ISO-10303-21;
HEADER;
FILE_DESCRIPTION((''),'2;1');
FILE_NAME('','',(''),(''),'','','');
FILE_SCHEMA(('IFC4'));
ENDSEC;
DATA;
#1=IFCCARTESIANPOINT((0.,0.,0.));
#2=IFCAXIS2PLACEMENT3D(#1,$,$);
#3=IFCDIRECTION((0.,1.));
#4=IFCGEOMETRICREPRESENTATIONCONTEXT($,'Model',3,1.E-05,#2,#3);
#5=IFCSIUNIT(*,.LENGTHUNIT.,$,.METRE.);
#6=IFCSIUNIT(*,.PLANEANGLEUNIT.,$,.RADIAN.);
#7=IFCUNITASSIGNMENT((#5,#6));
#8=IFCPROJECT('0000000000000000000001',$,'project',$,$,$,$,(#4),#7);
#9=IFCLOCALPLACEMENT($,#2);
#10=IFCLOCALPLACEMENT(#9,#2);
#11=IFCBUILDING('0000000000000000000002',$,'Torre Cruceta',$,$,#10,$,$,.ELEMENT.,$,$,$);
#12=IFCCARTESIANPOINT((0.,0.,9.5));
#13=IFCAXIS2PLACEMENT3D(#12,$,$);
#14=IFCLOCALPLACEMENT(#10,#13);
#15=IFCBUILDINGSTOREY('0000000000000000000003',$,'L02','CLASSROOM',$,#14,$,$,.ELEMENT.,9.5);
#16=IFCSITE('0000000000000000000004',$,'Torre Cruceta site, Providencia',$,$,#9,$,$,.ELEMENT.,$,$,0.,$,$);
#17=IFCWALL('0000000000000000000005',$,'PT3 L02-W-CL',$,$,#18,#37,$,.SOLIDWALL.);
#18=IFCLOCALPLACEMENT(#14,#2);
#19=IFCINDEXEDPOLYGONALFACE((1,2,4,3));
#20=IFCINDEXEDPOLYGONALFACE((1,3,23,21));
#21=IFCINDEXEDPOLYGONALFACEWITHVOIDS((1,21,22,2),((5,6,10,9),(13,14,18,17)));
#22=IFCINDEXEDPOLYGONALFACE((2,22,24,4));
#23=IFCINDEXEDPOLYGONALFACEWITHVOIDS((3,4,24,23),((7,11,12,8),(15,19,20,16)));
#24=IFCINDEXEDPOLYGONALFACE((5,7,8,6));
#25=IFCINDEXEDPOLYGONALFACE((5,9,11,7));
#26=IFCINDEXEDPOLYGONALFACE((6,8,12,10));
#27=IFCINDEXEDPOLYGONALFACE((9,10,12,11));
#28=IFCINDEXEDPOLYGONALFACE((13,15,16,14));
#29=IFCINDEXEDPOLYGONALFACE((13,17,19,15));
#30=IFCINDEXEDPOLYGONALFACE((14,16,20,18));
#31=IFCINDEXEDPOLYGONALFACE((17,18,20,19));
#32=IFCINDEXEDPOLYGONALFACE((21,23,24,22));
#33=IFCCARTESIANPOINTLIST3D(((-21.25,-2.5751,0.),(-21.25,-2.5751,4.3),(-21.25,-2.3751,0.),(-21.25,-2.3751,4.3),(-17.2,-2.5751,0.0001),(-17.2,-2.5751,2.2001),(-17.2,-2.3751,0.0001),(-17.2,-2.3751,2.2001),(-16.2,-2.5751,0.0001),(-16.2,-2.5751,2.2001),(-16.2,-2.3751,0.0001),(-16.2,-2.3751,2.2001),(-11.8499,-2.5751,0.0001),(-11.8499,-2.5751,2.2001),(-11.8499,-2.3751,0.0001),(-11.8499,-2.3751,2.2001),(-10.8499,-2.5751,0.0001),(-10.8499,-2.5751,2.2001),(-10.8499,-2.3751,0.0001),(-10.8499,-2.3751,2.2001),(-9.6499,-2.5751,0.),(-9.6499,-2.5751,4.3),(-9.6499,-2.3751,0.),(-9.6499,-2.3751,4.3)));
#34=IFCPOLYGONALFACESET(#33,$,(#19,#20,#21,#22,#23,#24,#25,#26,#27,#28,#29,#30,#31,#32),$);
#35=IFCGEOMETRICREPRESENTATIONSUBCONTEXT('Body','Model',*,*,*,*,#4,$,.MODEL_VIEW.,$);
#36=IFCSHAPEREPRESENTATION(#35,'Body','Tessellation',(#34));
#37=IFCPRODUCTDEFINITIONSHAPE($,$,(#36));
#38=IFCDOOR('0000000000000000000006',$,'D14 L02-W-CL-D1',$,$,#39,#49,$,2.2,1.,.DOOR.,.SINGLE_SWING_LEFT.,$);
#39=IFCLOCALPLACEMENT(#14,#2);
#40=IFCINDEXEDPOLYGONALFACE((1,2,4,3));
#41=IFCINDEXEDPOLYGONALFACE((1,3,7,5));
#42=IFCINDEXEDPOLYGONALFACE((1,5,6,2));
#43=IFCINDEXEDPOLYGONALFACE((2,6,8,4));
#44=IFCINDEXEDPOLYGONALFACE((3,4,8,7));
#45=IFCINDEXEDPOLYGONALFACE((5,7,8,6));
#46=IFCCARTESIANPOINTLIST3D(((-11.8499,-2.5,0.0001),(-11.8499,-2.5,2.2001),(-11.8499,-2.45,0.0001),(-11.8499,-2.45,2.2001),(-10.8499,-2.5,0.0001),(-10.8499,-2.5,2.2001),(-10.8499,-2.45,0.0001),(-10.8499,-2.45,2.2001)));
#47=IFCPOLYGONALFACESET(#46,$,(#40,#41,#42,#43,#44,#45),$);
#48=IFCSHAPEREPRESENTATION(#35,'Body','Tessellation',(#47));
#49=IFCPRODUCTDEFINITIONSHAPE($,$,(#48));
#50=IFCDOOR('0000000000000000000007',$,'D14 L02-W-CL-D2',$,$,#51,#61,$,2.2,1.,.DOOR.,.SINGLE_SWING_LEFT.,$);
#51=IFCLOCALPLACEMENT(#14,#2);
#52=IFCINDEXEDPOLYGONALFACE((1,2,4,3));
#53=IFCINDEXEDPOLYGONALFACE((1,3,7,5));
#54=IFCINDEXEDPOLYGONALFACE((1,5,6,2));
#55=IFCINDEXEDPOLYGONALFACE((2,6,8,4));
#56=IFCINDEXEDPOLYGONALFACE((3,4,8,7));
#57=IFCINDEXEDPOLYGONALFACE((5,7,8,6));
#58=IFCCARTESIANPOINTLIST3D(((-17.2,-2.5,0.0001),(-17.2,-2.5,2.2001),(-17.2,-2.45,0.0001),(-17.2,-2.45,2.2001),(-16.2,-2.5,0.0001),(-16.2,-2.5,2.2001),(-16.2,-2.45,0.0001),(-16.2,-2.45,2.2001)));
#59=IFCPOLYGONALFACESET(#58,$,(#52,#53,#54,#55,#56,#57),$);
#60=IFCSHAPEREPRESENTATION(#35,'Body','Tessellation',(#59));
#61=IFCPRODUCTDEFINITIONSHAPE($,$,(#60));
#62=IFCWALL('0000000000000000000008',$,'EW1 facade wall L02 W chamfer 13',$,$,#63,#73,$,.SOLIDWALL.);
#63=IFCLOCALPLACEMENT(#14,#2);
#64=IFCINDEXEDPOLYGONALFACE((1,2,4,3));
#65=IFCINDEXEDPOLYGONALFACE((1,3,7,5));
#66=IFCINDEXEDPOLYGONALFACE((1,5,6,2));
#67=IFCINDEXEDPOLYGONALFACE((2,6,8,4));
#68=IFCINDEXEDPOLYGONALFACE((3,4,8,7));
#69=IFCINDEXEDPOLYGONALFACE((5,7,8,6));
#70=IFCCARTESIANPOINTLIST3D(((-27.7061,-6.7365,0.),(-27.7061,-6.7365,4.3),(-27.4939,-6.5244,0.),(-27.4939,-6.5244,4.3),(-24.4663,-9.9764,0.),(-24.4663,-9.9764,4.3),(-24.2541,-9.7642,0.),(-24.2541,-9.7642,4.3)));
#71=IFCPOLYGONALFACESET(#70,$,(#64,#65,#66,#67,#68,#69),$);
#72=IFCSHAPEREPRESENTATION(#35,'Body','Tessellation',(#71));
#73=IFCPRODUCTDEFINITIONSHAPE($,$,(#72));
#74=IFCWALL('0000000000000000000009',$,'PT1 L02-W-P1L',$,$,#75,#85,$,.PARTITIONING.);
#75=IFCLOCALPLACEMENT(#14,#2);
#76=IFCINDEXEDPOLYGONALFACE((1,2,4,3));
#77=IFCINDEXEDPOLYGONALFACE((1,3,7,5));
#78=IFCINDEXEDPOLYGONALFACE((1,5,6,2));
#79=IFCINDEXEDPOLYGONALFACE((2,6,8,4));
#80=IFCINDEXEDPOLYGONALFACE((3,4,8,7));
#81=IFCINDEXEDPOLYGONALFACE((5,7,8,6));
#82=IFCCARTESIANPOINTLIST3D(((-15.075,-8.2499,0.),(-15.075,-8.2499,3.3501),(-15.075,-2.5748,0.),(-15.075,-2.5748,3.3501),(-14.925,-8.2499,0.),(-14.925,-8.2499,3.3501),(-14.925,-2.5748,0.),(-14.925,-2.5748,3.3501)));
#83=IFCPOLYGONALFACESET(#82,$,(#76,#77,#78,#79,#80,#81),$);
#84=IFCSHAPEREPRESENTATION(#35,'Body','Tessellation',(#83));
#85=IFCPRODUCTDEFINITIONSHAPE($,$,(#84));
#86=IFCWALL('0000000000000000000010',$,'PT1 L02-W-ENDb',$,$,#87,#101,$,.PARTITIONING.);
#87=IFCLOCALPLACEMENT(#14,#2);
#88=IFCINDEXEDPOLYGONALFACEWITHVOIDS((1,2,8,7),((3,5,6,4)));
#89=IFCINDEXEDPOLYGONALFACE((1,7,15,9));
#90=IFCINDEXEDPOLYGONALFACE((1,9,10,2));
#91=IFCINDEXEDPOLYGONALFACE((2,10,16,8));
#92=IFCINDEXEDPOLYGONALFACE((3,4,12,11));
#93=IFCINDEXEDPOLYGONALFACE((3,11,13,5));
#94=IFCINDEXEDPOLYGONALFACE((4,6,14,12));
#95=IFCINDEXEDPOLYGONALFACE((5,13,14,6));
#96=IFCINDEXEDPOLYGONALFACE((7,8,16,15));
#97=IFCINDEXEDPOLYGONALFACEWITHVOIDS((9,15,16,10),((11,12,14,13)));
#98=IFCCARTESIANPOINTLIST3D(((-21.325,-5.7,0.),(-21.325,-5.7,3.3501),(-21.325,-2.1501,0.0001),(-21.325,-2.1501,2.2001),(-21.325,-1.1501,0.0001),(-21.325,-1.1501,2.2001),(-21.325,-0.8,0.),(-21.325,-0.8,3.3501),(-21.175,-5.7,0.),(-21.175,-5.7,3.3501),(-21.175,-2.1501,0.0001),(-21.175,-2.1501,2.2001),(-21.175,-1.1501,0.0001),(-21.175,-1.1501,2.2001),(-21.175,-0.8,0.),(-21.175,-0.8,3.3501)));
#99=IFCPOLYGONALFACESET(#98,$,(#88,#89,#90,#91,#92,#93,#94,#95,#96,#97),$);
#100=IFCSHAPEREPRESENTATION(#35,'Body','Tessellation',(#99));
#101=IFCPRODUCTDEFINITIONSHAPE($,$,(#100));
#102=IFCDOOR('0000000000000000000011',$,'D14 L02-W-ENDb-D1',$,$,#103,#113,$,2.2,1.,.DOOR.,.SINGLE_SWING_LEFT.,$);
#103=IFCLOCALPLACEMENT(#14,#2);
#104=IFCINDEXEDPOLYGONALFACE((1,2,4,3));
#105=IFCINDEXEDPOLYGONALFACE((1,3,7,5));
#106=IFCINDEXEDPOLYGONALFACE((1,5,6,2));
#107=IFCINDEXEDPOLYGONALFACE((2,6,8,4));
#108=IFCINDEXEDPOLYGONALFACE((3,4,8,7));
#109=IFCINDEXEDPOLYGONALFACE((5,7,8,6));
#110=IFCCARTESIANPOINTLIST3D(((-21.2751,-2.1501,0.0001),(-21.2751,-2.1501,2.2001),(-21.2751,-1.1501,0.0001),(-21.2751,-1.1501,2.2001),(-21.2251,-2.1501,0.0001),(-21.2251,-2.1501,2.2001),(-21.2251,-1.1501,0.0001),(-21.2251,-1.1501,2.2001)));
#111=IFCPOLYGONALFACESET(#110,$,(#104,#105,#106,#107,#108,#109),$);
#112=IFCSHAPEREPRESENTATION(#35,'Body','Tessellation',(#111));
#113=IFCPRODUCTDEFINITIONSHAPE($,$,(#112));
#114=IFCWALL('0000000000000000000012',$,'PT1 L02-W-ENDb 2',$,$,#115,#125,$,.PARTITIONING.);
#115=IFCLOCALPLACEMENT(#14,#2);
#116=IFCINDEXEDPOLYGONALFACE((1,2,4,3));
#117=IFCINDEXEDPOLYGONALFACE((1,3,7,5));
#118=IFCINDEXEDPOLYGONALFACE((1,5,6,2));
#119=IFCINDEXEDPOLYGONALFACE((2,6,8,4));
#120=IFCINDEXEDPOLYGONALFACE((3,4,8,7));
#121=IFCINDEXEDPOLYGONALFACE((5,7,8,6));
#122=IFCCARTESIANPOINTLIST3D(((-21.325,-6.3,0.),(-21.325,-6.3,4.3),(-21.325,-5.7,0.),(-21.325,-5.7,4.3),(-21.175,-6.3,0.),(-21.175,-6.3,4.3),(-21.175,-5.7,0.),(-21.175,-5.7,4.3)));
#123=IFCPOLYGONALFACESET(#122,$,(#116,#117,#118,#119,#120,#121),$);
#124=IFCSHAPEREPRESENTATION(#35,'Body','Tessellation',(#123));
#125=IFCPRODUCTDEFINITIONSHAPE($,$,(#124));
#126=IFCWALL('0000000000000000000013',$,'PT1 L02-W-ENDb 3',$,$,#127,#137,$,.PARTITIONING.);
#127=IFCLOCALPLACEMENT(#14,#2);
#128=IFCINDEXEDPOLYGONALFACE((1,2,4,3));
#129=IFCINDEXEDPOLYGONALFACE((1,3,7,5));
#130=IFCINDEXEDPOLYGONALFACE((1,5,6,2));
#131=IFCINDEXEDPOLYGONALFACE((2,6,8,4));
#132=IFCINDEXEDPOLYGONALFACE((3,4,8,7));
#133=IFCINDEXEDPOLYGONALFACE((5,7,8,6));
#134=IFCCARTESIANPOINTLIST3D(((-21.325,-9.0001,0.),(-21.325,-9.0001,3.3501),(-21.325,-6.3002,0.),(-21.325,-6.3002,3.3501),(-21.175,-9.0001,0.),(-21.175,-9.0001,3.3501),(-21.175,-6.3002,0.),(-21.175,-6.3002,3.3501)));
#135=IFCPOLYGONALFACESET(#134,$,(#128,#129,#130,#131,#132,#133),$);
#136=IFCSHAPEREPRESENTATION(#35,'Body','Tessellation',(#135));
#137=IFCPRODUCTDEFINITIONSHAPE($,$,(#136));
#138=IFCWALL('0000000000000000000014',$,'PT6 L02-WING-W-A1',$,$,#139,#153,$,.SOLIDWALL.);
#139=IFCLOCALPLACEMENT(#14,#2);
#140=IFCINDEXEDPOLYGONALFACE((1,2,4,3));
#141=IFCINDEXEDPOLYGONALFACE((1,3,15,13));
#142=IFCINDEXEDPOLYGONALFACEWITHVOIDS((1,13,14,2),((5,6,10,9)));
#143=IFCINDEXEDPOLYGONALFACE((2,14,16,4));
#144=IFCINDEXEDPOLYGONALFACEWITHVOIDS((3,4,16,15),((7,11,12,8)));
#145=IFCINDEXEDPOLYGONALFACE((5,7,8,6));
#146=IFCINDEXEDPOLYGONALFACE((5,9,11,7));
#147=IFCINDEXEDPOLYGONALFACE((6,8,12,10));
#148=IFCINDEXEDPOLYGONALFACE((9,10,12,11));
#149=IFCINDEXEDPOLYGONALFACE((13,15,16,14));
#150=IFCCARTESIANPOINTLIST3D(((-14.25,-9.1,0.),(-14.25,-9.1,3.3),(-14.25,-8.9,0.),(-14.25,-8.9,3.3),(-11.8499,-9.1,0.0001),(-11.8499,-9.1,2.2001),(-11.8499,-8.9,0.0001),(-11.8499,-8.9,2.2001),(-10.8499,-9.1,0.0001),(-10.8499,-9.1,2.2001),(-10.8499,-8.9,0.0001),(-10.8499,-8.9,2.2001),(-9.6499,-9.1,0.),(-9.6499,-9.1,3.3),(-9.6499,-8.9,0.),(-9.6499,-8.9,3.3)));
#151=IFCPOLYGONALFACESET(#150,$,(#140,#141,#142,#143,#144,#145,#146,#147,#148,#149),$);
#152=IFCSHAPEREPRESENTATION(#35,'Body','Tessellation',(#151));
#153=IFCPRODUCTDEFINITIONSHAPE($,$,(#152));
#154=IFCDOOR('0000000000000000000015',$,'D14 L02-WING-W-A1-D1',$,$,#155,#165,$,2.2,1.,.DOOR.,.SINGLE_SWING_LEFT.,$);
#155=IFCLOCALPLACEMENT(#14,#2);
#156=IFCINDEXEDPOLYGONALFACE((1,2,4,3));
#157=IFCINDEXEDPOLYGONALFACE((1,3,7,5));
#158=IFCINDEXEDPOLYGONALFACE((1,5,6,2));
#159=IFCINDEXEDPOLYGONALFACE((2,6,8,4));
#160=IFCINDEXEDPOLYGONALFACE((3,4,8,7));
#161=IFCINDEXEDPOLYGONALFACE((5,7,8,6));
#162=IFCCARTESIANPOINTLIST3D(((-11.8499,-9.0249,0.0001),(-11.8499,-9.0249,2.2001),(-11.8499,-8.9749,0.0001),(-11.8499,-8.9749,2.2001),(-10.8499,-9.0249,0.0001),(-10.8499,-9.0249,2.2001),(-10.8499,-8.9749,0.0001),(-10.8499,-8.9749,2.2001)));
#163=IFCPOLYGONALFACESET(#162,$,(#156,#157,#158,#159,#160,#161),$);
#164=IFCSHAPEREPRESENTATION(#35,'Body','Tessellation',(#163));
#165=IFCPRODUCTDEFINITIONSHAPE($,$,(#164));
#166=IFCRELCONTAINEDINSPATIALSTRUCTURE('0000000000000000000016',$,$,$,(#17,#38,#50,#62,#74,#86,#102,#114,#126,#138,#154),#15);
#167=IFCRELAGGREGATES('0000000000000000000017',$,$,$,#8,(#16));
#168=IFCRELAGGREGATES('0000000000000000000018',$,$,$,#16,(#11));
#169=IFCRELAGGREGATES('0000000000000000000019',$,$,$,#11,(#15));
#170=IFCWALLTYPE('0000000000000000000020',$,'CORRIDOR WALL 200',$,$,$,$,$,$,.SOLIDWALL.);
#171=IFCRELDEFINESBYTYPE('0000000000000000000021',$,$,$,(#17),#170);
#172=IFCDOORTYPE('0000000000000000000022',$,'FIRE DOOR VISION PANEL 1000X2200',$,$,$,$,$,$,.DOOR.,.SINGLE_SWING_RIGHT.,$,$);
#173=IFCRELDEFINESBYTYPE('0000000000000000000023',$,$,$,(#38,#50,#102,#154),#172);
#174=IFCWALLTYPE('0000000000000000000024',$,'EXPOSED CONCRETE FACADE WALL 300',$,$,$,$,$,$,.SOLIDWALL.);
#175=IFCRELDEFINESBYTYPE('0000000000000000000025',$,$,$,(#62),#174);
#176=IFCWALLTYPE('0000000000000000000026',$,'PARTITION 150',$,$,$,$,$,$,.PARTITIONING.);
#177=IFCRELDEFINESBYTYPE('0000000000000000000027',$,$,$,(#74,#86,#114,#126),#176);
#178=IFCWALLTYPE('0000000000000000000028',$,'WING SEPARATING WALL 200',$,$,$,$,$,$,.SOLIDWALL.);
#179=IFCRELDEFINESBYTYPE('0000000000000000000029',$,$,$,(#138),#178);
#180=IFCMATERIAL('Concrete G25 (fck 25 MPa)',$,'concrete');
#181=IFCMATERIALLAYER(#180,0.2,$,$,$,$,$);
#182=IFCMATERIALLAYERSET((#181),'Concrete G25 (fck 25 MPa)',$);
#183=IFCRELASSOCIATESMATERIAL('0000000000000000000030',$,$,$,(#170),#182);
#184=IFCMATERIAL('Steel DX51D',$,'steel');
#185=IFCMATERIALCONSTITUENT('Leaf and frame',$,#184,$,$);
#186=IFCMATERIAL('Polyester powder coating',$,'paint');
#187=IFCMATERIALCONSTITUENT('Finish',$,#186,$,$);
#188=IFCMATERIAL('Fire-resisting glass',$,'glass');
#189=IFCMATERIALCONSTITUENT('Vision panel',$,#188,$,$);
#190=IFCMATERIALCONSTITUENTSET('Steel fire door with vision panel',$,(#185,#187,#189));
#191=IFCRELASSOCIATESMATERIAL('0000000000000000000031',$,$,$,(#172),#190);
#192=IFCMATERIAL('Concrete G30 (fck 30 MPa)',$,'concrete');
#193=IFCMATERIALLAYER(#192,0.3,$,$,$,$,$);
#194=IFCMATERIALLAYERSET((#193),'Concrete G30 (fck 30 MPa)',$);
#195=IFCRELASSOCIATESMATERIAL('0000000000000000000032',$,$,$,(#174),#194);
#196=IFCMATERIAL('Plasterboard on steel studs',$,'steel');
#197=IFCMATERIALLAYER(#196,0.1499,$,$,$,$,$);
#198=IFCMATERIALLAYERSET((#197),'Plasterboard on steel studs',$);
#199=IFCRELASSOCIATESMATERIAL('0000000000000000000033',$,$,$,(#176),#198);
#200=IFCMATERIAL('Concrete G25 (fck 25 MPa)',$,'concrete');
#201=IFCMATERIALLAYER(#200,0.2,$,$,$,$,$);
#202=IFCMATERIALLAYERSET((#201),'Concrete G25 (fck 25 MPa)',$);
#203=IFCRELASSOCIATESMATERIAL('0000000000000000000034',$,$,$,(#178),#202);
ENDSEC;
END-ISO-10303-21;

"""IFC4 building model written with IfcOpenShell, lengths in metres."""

from ifc_helpers import new_model, si_unit, direction, frame, frame_2d, origin, place, context, subcontext, project, spatial, rectangle, extrude, material, layer, layer_set, constituent, constituent_set, type_object, element, fill, save


model = new_model("IFC4")

# Units and contexts
model_context = context("Model", 3, precision=1e-05, world=origin(), true_north=direction((0.0, 1.0)))
body_context = subcontext(model_context, "Body", "Model", "MODEL_VIEW")
ifc_project = project(units=[si_unit("LENGTHUNIT", "METRE"), si_unit("PLANEANGLEUNIT", "RADIAN")], contexts=[model_context])

# Site, building, storey
site_placement = place(None, origin())
site = spatial("IfcSite", under=ifc_project, at=site_placement, Name="Torre Cruceta site, Providencia", CompositionType="ELEMENT", RefElevation=0.0)
building_placement = place(site_placement, origin())
building = spatial("IfcBuilding", under=site, at=building_placement, Name="Torre Cruceta", CompositionType="ELEMENT")
storey_placement = place(building_placement, frame((0.0, 0.0, 9.5)))
storey = spatial("IfcBuildingStorey", under=building, at=storey_placement, Name="L02", Description="CLASSROOM", CompositionType="ELEMENT", Elevation=9.5)

# Wall, openings, doors
ifc_material_1 = material(Name="Concrete G25 (fck 25 MPa)", Category="concrete")
ifc_layer_1 = layer(ifc_material_1, 0.2)
ifc_layer_set_1 = layer_set([ifc_layer_1], Name="Concrete G25 (fck 25 MPa)")
wall_type_1 = type_object("IfcWallType", Name="CORRIDOR WALL 200", PredefinedType="SOLIDWALL", material=ifc_layer_set_1)
wall_1_placement = place(storey_placement, frame((-9.6499, -2.4751, 0.0), z_axis=(0.0, 0.0, 1.0), x_axis=(-1.0, 0.0, 0.0)))
wall_1 = element("IfcWall", 1, at=wall_1_placement, inside=storey, type_object=wall_type_1, Name="PT3 L02-W-CL", PredefinedType="SOLIDWALL", context=body_context, shape_type="SweptSolid", body=[
    extrude(rectangle(XDim=11.6001, YDim=0.2, at=frame_2d((5.8, 0.0))), origin(), (0.0, 0.0, 1.0), 4.3),
])
opening_1_placement = place(wall_1_placement, frame((1.2, 0.0, 0.0)))
opening_1 = element("IfcOpeningElement", 2, at=opening_1_placement, cuts=wall_1, PredefinedType="OPENING", context=body_context, shape_type="SweptSolid", body=[
    extrude(rectangle(XDim=1.0, YDim=2.2, at=frame_2d((0.5, 1.1001))), frame((0.0, 0.1099, 0.0), z_axis=(0.0, -1.0, 0.0), x_axis=(1.0, 0.0, 0.0)), (0.0, 0.0, 1.0), 0.22),
])
opening_2_placement = place(wall_1_placement, frame((6.55, 0.0, 0.0)))
opening_2 = element("IfcOpeningElement", 3, at=opening_2_placement, cuts=wall_1, PredefinedType="OPENING", context=body_context, shape_type="SweptSolid", body=[
    extrude(rectangle(XDim=1.0, YDim=2.2, at=frame_2d((0.5, 1.1001))), frame((0.0, 0.1099, 0.0), z_axis=(0.0, -1.0, 0.0), x_axis=(1.0, 0.0, 0.0)), (0.0, 0.0, 1.0), 0.22),
])
ifc_material_2 = material(Name="Steel DX51D", Category="steel")
ifc_constituent_1 = constituent(ifc_material_2, Name="Leaf and frame")
ifc_material_3 = material(Name="Polyester powder coating", Category="paint")
ifc_constituent_2 = constituent(ifc_material_3, Name="Finish")
ifc_material_4 = material(Name="Fire-resisting glass", Category="glass")
ifc_constituent_3 = constituent(ifc_material_4, Name="Vision panel")
ifc_constituent_set = constituent_set(constituents=[ifc_constituent_1, ifc_constituent_2, ifc_constituent_3], Name="Steel fire door with vision panel")
door_type = type_object("IfcDoorType", Name="FIRE DOOR VISION PANEL 1000X2200", OperationType="SINGLE_SWING_RIGHT", PredefinedType="DOOR", material=ifc_constituent_set)
door_1_placement = place(opening_1_placement, origin())
door_1 = element("IfcDoor", 4, at=door_1_placement, inside=storey, type_object=door_type, Name="D14 L02-W-CL-D1", OperationType="SINGLE_SWING_LEFT", OverallHeight=2.2, OverallWidth=1.0, PredefinedType="DOOR", context=body_context, shape_type="SweptSolid", body=[
    extrude(rectangle(XDim=1.0, YDim=2.2, at=frame_2d((0.5, 1.1001))), frame((0.0, 0.0249, 0.0), z_axis=(0.0, -1.0, 0.0), x_axis=(1.0, 0.0, 0.0)), (0.0, 0.0, 1.0), 0.05),
])
fill(opening_1, door_1)
door_2_placement = place(opening_2_placement, origin())
door_2 = element("IfcDoor", 5, at=door_2_placement, inside=storey, type_object=door_type, Name="D14 L02-W-CL-D2", OperationType="SINGLE_SWING_LEFT", OverallHeight=2.2, OverallWidth=1.0, PredefinedType="DOOR", context=body_context, shape_type="SweptSolid", body=[
    extrude(rectangle(XDim=1.0, YDim=2.2, at=frame_2d((0.5, 1.1001))), frame((0.0, 0.0249, 0.0), z_axis=(0.0, -1.0, 0.0), x_axis=(1.0, 0.0, 0.0)), (0.0, 0.0, 1.0), 0.05),
])
fill(opening_2, door_2)

# Walls
ifc_material_5 = material(Name="Concrete G30 (fck 30 MPa)", Category="concrete")
ifc_layer_2 = layer(ifc_material_5, 0.3)
ifc_layer_set_2 = layer_set([ifc_layer_2], Name="Concrete G30 (fck 30 MPa)")
wall_type_2 = type_object("IfcWallType", Name="EXPOSED CONCRETE FACADE WALL 300", PredefinedType="SOLIDWALL", material=ifc_layer_set_2)
wall_2_placement = place(storey_placement, frame((-27.6001, -6.6304, 0.0), z_axis=(0.0, 0.0, 1.0), x_axis=(0.707107, -0.707107, 0.0)))
element("IfcWall", 6, at=wall_2_placement, inside=storey, type_object=wall_type_2, Name="EW1 facade wall L02 W chamfer 13", PredefinedType="SOLIDWALL", context=body_context, shape_type="SweptSolid", body=[
    extrude(rectangle(XDim=4.5818, YDim=0.3, at=frame_2d((2.291, 0.0))), origin(), (0.0, 0.0, 1.0), 4.3),
])
ifc_material_6 = material(Name="Plasterboard on steel studs", Category="steel")
ifc_layer_3 = layer(ifc_material_6, 0.1499)
ifc_layer_set_3 = layer_set([ifc_layer_3], Name="Plasterboard on steel studs")
wall_type_3 = type_object("IfcWallType", Name="PARTITION 150", PredefinedType="PARTITIONING", material=ifc_layer_set_3)
wall_3_placement = place(storey_placement, frame((-15.0, -2.575, 0.0), z_axis=(0.0, 0.0, 1.0), x_axis=(0.0, -1.0, 0.0)))
element("IfcWall", 7, at=wall_3_placement, inside=storey, type_object=wall_type_3, Name="PT1 L02-W-P1L", PredefinedType="PARTITIONING", context=body_context, shape_type="SweptSolid", body=[
    extrude(rectangle(XDim=5.675, YDim=0.1499, at=frame_2d((2.8374, 0.0))), origin(), (0.0, 0.0, 1.0), 3.3501),
])

# Wall, opening, door
wall_4_placement = place(storey_placement, frame((-21.25, -0.8, 0.0), z_axis=(0.0, 0.0, 1.0), x_axis=(0.0, -1.0, 0.0)))
wall_4 = element("IfcWall", 8, at=wall_4_placement, inside=storey, type_object=wall_type_3, Name="PT1 L02-W-ENDb", PredefinedType="PARTITIONING", context=body_context, shape_type="SweptSolid", body=[
    extrude(rectangle(XDim=4.8999, YDim=0.1499, at=frame_2d((2.45, 0.0))), origin(), (0.0, 0.0, 1.0), 3.3501),
])
opening_3_placement = place(wall_4_placement, frame((0.3501, 0.0, 0.0)))
opening_3 = element("IfcOpeningElement", 9, at=opening_3_placement, cuts=wall_4, PredefinedType="OPENING", context=body_context, shape_type="SweptSolid", body=[
    extrude(rectangle(XDim=1.0, YDim=2.2, at=frame_2d((0.5, 1.1001))), frame((0.0, 0.085, 0.0), z_axis=(0.0, -1.0, 0.0), x_axis=(1.0, 0.0, 0.0)), (0.0, 0.0, 1.0), 0.1699),
])
door_3_placement = place(opening_3_placement, frame((1.0, 0.0, 0.0), z_axis=(0.0, 0.0, 1.0), x_axis=(-1.0, 0.0, 0.0)))
door_3 = element("IfcDoor", 10, at=door_3_placement, inside=storey, type_object=door_type, Name="D14 L02-W-ENDb-D1", OperationType="SINGLE_SWING_LEFT", OverallHeight=2.2, OverallWidth=1.0, PredefinedType="DOOR", context=body_context, shape_type="SweptSolid", body=[
    extrude(rectangle(XDim=1.0, YDim=2.2, at=frame_2d((0.5, 1.1001))), frame((0.0, 0.0251, 0.0), z_axis=(0.0, -1.0, 0.0), x_axis=(1.0, 0.0, 0.0)), (0.0, 0.0, 1.0), 0.05),
])
fill(opening_3, door_3)

# Walls
wall_5_placement = place(storey_placement, frame((-21.25, -5.7, 0.0), z_axis=(0.0, 0.0, 1.0), x_axis=(0.0, -1.0, 0.0)))
element("IfcWall", 11, at=wall_5_placement, inside=storey, type_object=wall_type_3, Name="PT1 L02-W-ENDb 2", PredefinedType="PARTITIONING", context=body_context, shape_type="SweptSolid", body=[
    extrude(rectangle(XDim=0.6001, YDim=0.1499, at=frame_2d((0.3, 0.0))), origin(), (0.0, 0.0, 1.0), 4.3),
])
wall_6_placement = place(storey_placement, frame((-21.25, -6.3, 0.0), z_axis=(0.0, 0.0, 1.0), x_axis=(0.0, -1.0, 0.0)))
element("IfcWall", 12, at=wall_6_placement, inside=storey, type_object=wall_type_3, Name="PT1 L02-W-ENDb 3", PredefinedType="PARTITIONING", context=body_context, shape_type="SweptSolid", body=[
    extrude(rectangle(XDim=2.7, YDim=0.1499, at=frame_2d((1.3501, 0.0))), origin(), (0.0, 0.0, 1.0), 3.3501),
])

# Wall, opening, door
ifc_material_7 = material(Name="Concrete G25 (fck 25 MPa)", Category="concrete")
ifc_layer_4 = layer(ifc_material_7, 0.2)
ifc_layer_set_4 = layer_set([ifc_layer_4], Name="Concrete G25 (fck 25 MPa)")
wall_type_4 = type_object("IfcWallType", Name="WING SEPARATING WALL 200", PredefinedType="SOLIDWALL", material=ifc_layer_set_4)
wall_7_placement = place(storey_placement, frame((-9.6499, -9.0, 0.0), z_axis=(0.0, 0.0, 1.0), x_axis=(-1.0, 0.0, 0.0)))
wall_7 = element("IfcWall", 13, at=wall_7_placement, inside=storey, type_object=wall_type_4, Name="PT6 L02-WING-W-A1", PredefinedType="SOLIDWALL", context=body_context, shape_type="SweptSolid", body=[
    extrude(rectangle(XDim=4.6001, YDim=0.2, at=frame_2d((2.3, 0.0))), origin(), (0.0, 0.0, 1.0), 3.3),
])
opening_4_placement = place(wall_7_placement, frame((1.2, 0.0, 0.0)))
opening_4 = element("IfcOpeningElement", 14, at=opening_4_placement, cuts=wall_7, PredefinedType="OPENING", context=body_context, shape_type="SweptSolid", body=[
    extrude(rectangle(XDim=1.0, YDim=2.2, at=frame_2d((0.5, 1.1001))), frame((0.0, 0.1099, 0.0), z_axis=(0.0, -1.0, 0.0), x_axis=(1.0, 0.0, 0.0)), (0.0, 0.0, 1.0), 0.22),
])
door_4_placement = place(opening_4_placement, origin())
door_4 = element("IfcDoor", 15, at=door_4_placement, inside=storey, type_object=door_type, Name="D14 L02-WING-W-A1-D1", OperationType="SINGLE_SWING_LEFT", OverallHeight=2.2, OverallWidth=1.0, PredefinedType="DOOR", context=body_context, shape_type="SweptSolid", body=[
    extrude(rectangle(XDim=1.0, YDim=2.2, at=frame_2d((0.5, 1.1001))), frame((0.0, 0.0249, 0.0), z_axis=(0.0, -1.0, 0.0), x_axis=(1.0, 0.0, 0.0)), (0.0, 0.0, 1.0), 0.05),
])
fill(opening_4, door_4)

save(model, "model.ifc")
